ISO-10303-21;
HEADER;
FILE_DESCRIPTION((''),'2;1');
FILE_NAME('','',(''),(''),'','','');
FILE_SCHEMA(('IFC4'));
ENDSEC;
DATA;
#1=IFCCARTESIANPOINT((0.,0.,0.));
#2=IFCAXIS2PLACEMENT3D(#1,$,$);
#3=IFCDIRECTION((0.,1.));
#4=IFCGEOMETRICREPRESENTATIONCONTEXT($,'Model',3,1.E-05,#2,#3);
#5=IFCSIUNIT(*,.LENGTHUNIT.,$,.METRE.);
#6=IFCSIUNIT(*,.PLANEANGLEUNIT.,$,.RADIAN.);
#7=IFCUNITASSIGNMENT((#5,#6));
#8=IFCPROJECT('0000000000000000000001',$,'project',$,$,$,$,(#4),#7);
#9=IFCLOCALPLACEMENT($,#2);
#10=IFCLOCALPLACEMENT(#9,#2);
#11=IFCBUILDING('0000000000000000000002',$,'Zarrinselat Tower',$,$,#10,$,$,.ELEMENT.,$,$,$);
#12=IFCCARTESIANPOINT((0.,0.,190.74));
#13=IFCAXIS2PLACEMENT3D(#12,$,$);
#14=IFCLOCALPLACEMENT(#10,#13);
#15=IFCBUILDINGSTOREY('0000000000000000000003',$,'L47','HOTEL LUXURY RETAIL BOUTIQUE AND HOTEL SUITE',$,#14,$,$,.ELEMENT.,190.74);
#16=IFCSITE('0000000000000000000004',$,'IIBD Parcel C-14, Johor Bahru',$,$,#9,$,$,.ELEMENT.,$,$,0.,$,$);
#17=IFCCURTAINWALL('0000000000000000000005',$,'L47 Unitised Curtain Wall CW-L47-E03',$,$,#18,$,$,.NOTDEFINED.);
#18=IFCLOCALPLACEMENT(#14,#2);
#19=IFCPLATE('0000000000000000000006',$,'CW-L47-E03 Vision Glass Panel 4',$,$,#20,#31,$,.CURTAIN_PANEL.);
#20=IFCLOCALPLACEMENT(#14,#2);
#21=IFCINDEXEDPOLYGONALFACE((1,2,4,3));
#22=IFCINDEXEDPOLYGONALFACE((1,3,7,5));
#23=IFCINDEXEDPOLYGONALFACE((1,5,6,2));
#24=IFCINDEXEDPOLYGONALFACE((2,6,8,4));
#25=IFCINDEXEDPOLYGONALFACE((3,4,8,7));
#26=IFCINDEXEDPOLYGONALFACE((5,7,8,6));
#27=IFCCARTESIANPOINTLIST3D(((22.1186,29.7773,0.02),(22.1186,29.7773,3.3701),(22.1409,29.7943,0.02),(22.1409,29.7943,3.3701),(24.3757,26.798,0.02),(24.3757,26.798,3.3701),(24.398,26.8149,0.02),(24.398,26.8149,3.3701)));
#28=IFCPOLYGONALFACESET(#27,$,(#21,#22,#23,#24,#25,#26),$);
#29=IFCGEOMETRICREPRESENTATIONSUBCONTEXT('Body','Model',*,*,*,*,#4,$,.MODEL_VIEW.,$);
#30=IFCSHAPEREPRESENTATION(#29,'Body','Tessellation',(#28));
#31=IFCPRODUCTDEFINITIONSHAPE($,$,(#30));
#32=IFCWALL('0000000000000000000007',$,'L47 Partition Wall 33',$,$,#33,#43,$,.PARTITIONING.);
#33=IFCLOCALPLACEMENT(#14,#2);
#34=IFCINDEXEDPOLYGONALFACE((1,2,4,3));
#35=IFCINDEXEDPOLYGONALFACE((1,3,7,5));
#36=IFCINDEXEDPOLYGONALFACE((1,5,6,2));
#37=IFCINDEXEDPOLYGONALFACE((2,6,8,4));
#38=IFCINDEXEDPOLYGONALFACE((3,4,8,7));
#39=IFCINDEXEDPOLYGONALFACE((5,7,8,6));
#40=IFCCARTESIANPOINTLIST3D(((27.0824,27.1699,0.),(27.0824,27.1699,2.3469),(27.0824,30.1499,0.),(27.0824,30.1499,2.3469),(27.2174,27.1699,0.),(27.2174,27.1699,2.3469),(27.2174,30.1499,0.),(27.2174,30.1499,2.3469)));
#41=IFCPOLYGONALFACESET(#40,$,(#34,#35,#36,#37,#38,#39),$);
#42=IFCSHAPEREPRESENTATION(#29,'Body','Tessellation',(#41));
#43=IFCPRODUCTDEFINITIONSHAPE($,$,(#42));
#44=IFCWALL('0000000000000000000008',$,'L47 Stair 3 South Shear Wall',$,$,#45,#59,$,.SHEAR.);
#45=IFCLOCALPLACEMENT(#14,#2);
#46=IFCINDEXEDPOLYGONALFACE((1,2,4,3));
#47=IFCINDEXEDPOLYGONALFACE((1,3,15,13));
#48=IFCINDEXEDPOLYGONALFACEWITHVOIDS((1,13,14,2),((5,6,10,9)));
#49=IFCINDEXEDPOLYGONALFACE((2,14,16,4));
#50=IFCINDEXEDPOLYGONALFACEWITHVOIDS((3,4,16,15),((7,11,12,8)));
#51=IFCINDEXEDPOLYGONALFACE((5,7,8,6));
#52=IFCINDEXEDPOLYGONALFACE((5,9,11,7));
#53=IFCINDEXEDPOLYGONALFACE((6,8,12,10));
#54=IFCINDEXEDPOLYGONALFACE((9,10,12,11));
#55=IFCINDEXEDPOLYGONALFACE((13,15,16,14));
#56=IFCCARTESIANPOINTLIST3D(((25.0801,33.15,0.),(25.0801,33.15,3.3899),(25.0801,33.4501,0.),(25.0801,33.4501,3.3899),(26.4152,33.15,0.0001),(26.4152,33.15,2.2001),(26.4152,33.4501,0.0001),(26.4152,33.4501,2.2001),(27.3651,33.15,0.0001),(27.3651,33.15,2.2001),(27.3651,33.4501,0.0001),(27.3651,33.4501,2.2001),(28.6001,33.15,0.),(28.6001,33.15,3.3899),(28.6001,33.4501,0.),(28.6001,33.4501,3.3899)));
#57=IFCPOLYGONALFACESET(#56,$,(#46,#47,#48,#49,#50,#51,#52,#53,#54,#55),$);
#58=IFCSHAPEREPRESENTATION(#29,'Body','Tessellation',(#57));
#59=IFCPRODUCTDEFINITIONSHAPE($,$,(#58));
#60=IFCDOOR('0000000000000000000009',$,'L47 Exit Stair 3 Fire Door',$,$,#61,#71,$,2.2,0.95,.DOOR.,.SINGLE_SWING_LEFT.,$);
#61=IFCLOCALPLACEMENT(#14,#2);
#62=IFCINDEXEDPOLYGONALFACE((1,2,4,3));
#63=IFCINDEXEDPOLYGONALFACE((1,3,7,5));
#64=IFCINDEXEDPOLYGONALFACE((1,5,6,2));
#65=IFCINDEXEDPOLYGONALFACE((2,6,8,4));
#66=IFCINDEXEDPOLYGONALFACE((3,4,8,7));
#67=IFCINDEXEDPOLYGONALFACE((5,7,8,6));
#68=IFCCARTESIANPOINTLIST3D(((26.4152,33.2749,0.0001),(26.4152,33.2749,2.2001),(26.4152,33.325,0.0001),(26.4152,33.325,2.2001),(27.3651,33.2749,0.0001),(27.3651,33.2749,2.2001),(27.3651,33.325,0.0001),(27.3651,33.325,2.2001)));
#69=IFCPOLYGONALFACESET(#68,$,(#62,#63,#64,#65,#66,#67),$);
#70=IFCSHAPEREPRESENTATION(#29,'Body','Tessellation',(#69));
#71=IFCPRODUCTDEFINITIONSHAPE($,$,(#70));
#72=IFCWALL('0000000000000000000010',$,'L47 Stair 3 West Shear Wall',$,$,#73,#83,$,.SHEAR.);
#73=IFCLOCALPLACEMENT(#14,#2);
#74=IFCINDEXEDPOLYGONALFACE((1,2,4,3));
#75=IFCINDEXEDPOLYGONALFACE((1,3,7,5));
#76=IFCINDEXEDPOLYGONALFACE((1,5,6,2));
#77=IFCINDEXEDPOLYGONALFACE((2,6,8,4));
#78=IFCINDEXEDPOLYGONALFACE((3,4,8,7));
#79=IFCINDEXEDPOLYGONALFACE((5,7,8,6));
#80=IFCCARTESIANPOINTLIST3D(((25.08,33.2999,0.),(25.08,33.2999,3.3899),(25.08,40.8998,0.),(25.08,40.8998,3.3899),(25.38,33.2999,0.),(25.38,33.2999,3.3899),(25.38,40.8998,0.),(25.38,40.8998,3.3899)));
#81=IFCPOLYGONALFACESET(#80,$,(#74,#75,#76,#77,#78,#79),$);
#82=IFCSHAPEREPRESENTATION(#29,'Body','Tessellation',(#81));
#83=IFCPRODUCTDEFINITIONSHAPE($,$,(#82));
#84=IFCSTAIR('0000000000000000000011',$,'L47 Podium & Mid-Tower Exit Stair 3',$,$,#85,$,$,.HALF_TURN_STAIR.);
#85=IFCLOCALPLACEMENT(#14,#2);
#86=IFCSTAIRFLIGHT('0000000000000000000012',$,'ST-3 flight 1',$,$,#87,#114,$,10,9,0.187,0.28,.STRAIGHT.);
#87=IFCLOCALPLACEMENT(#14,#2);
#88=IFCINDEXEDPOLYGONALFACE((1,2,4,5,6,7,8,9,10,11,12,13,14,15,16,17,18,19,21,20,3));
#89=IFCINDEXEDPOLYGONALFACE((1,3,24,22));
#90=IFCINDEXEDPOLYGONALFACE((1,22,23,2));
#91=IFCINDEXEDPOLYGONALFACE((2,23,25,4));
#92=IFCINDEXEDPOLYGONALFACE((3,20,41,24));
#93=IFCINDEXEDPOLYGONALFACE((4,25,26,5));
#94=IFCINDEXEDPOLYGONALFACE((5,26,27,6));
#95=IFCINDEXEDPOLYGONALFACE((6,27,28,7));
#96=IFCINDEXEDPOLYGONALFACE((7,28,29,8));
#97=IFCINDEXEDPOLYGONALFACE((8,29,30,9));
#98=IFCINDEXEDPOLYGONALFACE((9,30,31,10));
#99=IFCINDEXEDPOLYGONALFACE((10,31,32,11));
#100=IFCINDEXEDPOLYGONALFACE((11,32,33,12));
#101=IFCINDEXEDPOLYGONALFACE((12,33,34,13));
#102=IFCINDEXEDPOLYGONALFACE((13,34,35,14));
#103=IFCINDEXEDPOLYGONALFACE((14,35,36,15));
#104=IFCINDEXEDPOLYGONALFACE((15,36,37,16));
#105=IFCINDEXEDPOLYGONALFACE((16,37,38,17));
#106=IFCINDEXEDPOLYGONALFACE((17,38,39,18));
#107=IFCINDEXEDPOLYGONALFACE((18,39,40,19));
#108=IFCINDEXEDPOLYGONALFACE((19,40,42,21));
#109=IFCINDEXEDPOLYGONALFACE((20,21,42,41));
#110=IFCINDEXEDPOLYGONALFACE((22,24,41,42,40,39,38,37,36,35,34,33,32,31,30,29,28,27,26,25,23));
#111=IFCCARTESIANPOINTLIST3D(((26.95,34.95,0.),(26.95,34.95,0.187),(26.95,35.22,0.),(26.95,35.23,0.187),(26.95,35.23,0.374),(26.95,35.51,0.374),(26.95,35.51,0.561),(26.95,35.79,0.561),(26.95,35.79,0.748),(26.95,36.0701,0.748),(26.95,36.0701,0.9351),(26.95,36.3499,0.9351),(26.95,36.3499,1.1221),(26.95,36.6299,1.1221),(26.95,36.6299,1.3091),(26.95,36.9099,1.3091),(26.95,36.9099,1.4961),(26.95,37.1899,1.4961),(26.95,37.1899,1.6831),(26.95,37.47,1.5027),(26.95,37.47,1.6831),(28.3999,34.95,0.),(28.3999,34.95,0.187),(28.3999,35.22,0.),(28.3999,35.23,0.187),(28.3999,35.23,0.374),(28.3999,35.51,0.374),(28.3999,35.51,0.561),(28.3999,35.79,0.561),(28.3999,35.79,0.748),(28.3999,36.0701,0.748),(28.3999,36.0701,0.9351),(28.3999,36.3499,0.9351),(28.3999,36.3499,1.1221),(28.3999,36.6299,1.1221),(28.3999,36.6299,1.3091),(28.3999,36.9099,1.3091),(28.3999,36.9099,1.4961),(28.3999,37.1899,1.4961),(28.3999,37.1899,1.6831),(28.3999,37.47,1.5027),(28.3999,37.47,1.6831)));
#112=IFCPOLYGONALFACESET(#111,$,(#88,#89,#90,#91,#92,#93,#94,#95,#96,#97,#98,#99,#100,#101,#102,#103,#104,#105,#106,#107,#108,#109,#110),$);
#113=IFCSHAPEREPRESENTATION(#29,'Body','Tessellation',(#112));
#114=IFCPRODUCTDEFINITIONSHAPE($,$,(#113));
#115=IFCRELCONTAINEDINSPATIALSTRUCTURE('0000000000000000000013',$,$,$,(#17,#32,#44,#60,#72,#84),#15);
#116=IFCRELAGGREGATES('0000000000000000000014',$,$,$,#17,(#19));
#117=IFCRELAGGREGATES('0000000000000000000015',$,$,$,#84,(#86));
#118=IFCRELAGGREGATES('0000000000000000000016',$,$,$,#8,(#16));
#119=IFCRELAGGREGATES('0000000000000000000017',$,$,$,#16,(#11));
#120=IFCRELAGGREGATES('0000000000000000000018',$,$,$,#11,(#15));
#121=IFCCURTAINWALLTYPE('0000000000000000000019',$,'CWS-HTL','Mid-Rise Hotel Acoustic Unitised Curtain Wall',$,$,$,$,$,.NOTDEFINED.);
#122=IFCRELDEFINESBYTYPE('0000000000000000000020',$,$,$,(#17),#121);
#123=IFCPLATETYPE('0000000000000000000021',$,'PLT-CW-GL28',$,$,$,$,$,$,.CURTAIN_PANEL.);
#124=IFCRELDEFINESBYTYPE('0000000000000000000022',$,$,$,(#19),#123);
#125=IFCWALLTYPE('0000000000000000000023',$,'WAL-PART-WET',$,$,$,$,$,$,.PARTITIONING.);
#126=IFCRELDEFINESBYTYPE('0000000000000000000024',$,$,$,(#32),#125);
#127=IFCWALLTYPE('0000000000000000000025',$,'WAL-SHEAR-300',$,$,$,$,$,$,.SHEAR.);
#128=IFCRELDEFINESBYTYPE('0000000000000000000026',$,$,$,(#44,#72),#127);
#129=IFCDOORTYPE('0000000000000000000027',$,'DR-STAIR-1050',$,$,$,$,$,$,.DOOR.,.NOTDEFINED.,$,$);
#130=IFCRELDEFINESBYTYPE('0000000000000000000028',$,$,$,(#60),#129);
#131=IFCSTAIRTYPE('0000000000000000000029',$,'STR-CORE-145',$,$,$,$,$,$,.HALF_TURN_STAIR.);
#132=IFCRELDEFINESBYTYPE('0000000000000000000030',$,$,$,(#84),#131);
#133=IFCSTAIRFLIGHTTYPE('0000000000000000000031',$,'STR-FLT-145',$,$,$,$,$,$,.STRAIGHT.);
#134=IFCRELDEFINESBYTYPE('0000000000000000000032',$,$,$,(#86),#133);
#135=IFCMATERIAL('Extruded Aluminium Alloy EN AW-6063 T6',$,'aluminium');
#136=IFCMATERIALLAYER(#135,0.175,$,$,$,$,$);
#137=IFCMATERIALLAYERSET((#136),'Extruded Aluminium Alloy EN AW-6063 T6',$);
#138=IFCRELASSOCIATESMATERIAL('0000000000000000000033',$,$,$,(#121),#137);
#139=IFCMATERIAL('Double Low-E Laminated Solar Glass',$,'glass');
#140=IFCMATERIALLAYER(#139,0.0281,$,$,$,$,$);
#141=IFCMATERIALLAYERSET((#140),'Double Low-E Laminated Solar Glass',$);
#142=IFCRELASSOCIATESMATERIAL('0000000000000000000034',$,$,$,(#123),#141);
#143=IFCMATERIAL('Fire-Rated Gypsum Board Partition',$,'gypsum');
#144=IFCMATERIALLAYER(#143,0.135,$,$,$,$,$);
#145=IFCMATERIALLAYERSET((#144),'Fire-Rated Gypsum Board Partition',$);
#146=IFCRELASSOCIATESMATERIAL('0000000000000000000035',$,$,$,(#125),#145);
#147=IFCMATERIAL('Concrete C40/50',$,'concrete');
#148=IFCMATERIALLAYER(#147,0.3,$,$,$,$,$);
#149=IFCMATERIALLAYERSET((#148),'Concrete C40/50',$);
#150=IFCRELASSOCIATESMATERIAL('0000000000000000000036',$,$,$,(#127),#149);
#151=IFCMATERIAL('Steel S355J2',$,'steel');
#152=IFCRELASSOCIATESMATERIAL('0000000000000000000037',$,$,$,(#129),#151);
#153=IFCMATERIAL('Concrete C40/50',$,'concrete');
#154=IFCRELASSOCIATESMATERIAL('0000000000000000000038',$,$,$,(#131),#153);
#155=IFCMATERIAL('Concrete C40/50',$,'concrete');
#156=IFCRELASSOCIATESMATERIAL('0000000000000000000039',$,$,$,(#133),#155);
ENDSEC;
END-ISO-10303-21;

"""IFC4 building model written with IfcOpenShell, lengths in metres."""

from ifc_helpers import new_model, si_unit, direction, frame, frame_2d, origin, origin_2d, place, context, subcontext, project, spatial, polyline, rectangle, outline, extrude, material, layer, layer_set, type_object, element, fill, aggregate, save


model = new_model("IFC4")

# Units and contexts
model_context = context("Model", 3, precision=1e-05, world=origin(), true_north=direction((0.0, 1.0)))
body_context = subcontext(model_context, "Body", "Model", "MODEL_VIEW")
ifc_project = project(units=[si_unit("LENGTHUNIT", "METRE"), si_unit("PLANEANGLEUNIT", "RADIAN")], contexts=[model_context])

# Site, building, storey
site_placement = place(None, origin())
site = spatial("IfcSite", under=ifc_project, at=site_placement, Name="IIBD Parcel C-14, Johor Bahru", CompositionType="ELEMENT", RefElevation=0.0)
building_placement = place(site_placement, origin())
building = spatial("IfcBuilding", under=site, at=building_placement, Name="Zarrinselat Tower", CompositionType="ELEMENT")
storey_placement = place(building_placement, frame((0.0, 0.0, 190.74)))
storey = spatial("IfcBuildingStorey", under=building, at=storey_placement, Name="L47", Description="HOTEL LUXURY RETAIL BOUTIQUE AND HOTEL SUITE", CompositionType="ELEMENT", Elevation=190.74)

# Curtain wall, plate
ifc_material_1 = material(Name="Extruded Aluminium Alloy EN AW-6063 T6", Category="aluminium")
ifc_layer_1 = layer(ifc_material_1, 0.175)
ifc_layer_set_1 = layer_set([ifc_layer_1], Name="Extruded Aluminium Alloy EN AW-6063 T6")
curtain_wall_type = type_object("IfcCurtainWallType", Name="CWS-HTL", Description="Mid-Rise Hotel Acoustic Unitised Curtain Wall", PredefinedType="NOTDEFINED", material=ifc_layer_set_1)
curtain_wall_placement = place(storey_placement, origin())
curtain_wall = element("IfcCurtainWall", 1, at=curtain_wall_placement, inside=storey, type_object=curtain_wall_type, Name="L47 Unitised Curtain Wall CW-L47-E03", PredefinedType="NOTDEFINED")
ifc_material_2 = material(Name="Double Low-E Laminated Solar Glass", Category="glass")
ifc_layer_2 = layer(ifc_material_2, 0.0281)
ifc_layer_set_2 = layer_set([ifc_layer_2], Name="Double Low-E Laminated Solar Glass")
plate_type = type_object("IfcPlateType", Name="PLT-CW-GL28", PredefinedType="CURTAIN_PANEL", material=ifc_layer_set_2)
plate_1_placement = place(storey_placement, frame((23.2583, 28.2961, 0.02), z_axis=(0.0, 0.0, 1.0), x_axis=(0.603857, -0.797093, 0.0)))
plate_1 = element("IfcPlate", 2, at=plate_1_placement, type_object=plate_type, Name="CW-L47-E03 Vision Glass Panel 4", PredefinedType="CURTAIN_PANEL", context=body_context, shape_type="SweptSolid", body=[
    extrude(rectangle(XDim=3.7378, YDim=0.0281, at=origin_2d()), origin(), (0.0, 0.0, 1.0), 3.3501),
])
aggregate(curtain_wall, [plate_1])

# Wall
ifc_material_3 = material(Name="Fire-Rated Gypsum Board Partition", Category="gypsum")
ifc_layer_3 = layer(ifc_material_3, 0.135)
ifc_layer_set_3 = layer_set([ifc_layer_3], Name="Fire-Rated Gypsum Board Partition")
wall_type_1 = type_object("IfcWallType", Name="WAL-PART-WET", PredefinedType="PARTITIONING", material=ifc_layer_set_3)
wall_1_placement = place(storey_placement, frame((27.1499, 27.1699, 0.0), z_axis=(0.0, 0.0, 1.0), x_axis=(0.0, 1.0, 0.0)))
element("IfcWall", 3, at=wall_1_placement, inside=storey, type_object=wall_type_1, Name="L47 Partition Wall 33", PredefinedType="PARTITIONING", context=body_context, shape_type="SweptSolid", body=[
    extrude(rectangle(XDim=2.98, YDim=0.135, at=frame_2d((1.49, 0.0))), origin(), (0.0, 0.0, 1.0), 2.3469),
])

# Wall, opening, door
ifc_material_4 = material(Name="Concrete C40/50", Category="concrete")
ifc_layer_4 = layer(ifc_material_4, 0.3)
ifc_layer_set_4 = layer_set([ifc_layer_4], Name="Concrete C40/50")
wall_type_2 = type_object("IfcWallType", Name="WAL-SHEAR-300", PredefinedType="SHEAR", material=ifc_layer_set_4)
wall_2_placement = place(storey_placement, frame((25.0801, 33.3, 0.0), z_axis=(0.0, 0.0, 1.0), x_axis=(1.0, 0.0, 0.0)))
wall_2 = element("IfcWall", 4, at=wall_2_placement, inside=storey, type_object=wall_type_2, Name="L47 Stair 3 South Shear Wall", PredefinedType="SHEAR", context=body_context, shape_type="SweptSolid", body=[
    extrude(rectangle(XDim=3.52, YDim=0.3, at=frame_2d((1.76, 0.0))), origin(), (0.0, 0.0, 1.0), 3.3899),
])
opening_placement = place(wall_2_placement, frame((1.335, 0.0, 0.0)))
opening = element("IfcOpeningElement", 5, at=opening_placement, cuts=wall_2, PredefinedType="OPENING", context=body_context, shape_type="SweptSolid", body=[
    extrude(rectangle(XDim=0.95, YDim=2.2, at=frame_2d((0.4751, 1.1001))), frame((0.0, 0.1599, 0.0), z_axis=(0.0, -1.0, 0.0), x_axis=(1.0, 0.0, 0.0)), (0.0, 0.0, 1.0), 0.3201),
])
ifc_material_5 = material(Name="Steel S355J2", Category="steel")
door_type = type_object("IfcDoorType", Name="DR-STAIR-1050", OperationType="NOTDEFINED", PredefinedType="DOOR", material=ifc_material_5)
door_placement = place(opening_placement, origin())
door = element("IfcDoor", 6, at=door_placement, inside=storey, type_object=door_type, Name="L47 Exit Stair 3 Fire Door", OperationType="SINGLE_SWING_LEFT", OverallHeight=2.2, OverallWidth=0.95, PredefinedType="DOOR", context=body_context, shape_type="SweptSolid", body=[
    extrude(rectangle(XDim=0.95, YDim=2.2, at=frame_2d((0.4751, 1.1001))), frame((0.0, 0.0249, 0.0), z_axis=(0.0, -1.0, 0.0), x_axis=(1.0, 0.0, 0.0)), (0.0, 0.0, 1.0), 0.05),
])
fill(opening, door)

# Wall
wall_3_placement = place(storey_placement, frame((25.23, 33.3, 0.0), z_axis=(0.0, 0.0, 1.0), x_axis=(0.0, 1.0, 0.0)))
element("IfcWall", 7, at=wall_3_placement, inside=storey, type_object=wall_type_2, Name="L47 Stair 3 West Shear Wall", PredefinedType="SHEAR", context=body_context, shape_type="SweptSolid", body=[
    extrude(rectangle(XDim=7.5999, YDim=0.3, at=frame_2d((3.7998, 0.0))), origin(), (0.0, 0.0, 1.0), 3.3899),
])

# Stair, stair flight
ifc_material_6 = material(Name="Concrete C40/50", Category="concrete")
stair_type = type_object("IfcStairType", Name="STR-CORE-145", PredefinedType="HALF_TURN_STAIR", material=ifc_material_6)
stair_placement = place(storey_placement, origin())
stair = element("IfcStair", 8, at=stair_placement, inside=storey, type_object=stair_type, Name="L47 Podium & Mid-Tower Exit Stair 3", PredefinedType="HALF_TURN_STAIR")
ifc_material_7 = material(Name="Concrete C40/50", Category="concrete")
stair_flight_type = type_object("IfcStairFlightType", Name="STR-FLT-145", PredefinedType="STRAIGHT", material=ifc_material_7)
stair_flight_placement = place(storey_placement, frame((27.675, 34.95, 0.0), z_axis=(0.0, 0.0, 1.0), x_axis=(0.0, 1.0, 0.0)))
stair_flight = element("IfcStairFlight", 9, at=stair_flight_placement, type_object=stair_flight_type, Name="ST-3 flight 1", NumberOfRisers=10, NumberOfTreads=9, PredefinedType="STRAIGHT", RiserHeight=0.187, TreadLength=0.28, context=body_context, shape_type="SweptSolid", body=[
    extrude(outline(polyline([(0.0, 0.0), (0.0, 0.187), (0.28, 0.187), (0.28, 0.374), (0.5601, 0.374), (0.5601, 0.561), (0.8401, 0.561), (0.8401, 0.748), (1.1201, 0.748), (1.1201, 0.9351), (1.3999, 0.9351), (1.3999, 1.1221), (1.6799, 1.1221), (1.6799, 1.3091), (1.96, 1.3091), (1.96, 1.4961), (2.24, 1.4961), (2.24, 1.6831), (2.52, 1.6831), (2.52, 1.8701), (2.52, 1.5027), (0.27, 0.0), (0.0, 0.0)])), frame((0.0, 0.7251, 0.0), z_axis=(0.0, -1.0, 0.0), x_axis=(1.0, 0.0, 0.0)), (0.0, 0.0, 1.0), 1.45),
])
aggregate(stair, [stair_flight])

save(model, "model.ifc")
